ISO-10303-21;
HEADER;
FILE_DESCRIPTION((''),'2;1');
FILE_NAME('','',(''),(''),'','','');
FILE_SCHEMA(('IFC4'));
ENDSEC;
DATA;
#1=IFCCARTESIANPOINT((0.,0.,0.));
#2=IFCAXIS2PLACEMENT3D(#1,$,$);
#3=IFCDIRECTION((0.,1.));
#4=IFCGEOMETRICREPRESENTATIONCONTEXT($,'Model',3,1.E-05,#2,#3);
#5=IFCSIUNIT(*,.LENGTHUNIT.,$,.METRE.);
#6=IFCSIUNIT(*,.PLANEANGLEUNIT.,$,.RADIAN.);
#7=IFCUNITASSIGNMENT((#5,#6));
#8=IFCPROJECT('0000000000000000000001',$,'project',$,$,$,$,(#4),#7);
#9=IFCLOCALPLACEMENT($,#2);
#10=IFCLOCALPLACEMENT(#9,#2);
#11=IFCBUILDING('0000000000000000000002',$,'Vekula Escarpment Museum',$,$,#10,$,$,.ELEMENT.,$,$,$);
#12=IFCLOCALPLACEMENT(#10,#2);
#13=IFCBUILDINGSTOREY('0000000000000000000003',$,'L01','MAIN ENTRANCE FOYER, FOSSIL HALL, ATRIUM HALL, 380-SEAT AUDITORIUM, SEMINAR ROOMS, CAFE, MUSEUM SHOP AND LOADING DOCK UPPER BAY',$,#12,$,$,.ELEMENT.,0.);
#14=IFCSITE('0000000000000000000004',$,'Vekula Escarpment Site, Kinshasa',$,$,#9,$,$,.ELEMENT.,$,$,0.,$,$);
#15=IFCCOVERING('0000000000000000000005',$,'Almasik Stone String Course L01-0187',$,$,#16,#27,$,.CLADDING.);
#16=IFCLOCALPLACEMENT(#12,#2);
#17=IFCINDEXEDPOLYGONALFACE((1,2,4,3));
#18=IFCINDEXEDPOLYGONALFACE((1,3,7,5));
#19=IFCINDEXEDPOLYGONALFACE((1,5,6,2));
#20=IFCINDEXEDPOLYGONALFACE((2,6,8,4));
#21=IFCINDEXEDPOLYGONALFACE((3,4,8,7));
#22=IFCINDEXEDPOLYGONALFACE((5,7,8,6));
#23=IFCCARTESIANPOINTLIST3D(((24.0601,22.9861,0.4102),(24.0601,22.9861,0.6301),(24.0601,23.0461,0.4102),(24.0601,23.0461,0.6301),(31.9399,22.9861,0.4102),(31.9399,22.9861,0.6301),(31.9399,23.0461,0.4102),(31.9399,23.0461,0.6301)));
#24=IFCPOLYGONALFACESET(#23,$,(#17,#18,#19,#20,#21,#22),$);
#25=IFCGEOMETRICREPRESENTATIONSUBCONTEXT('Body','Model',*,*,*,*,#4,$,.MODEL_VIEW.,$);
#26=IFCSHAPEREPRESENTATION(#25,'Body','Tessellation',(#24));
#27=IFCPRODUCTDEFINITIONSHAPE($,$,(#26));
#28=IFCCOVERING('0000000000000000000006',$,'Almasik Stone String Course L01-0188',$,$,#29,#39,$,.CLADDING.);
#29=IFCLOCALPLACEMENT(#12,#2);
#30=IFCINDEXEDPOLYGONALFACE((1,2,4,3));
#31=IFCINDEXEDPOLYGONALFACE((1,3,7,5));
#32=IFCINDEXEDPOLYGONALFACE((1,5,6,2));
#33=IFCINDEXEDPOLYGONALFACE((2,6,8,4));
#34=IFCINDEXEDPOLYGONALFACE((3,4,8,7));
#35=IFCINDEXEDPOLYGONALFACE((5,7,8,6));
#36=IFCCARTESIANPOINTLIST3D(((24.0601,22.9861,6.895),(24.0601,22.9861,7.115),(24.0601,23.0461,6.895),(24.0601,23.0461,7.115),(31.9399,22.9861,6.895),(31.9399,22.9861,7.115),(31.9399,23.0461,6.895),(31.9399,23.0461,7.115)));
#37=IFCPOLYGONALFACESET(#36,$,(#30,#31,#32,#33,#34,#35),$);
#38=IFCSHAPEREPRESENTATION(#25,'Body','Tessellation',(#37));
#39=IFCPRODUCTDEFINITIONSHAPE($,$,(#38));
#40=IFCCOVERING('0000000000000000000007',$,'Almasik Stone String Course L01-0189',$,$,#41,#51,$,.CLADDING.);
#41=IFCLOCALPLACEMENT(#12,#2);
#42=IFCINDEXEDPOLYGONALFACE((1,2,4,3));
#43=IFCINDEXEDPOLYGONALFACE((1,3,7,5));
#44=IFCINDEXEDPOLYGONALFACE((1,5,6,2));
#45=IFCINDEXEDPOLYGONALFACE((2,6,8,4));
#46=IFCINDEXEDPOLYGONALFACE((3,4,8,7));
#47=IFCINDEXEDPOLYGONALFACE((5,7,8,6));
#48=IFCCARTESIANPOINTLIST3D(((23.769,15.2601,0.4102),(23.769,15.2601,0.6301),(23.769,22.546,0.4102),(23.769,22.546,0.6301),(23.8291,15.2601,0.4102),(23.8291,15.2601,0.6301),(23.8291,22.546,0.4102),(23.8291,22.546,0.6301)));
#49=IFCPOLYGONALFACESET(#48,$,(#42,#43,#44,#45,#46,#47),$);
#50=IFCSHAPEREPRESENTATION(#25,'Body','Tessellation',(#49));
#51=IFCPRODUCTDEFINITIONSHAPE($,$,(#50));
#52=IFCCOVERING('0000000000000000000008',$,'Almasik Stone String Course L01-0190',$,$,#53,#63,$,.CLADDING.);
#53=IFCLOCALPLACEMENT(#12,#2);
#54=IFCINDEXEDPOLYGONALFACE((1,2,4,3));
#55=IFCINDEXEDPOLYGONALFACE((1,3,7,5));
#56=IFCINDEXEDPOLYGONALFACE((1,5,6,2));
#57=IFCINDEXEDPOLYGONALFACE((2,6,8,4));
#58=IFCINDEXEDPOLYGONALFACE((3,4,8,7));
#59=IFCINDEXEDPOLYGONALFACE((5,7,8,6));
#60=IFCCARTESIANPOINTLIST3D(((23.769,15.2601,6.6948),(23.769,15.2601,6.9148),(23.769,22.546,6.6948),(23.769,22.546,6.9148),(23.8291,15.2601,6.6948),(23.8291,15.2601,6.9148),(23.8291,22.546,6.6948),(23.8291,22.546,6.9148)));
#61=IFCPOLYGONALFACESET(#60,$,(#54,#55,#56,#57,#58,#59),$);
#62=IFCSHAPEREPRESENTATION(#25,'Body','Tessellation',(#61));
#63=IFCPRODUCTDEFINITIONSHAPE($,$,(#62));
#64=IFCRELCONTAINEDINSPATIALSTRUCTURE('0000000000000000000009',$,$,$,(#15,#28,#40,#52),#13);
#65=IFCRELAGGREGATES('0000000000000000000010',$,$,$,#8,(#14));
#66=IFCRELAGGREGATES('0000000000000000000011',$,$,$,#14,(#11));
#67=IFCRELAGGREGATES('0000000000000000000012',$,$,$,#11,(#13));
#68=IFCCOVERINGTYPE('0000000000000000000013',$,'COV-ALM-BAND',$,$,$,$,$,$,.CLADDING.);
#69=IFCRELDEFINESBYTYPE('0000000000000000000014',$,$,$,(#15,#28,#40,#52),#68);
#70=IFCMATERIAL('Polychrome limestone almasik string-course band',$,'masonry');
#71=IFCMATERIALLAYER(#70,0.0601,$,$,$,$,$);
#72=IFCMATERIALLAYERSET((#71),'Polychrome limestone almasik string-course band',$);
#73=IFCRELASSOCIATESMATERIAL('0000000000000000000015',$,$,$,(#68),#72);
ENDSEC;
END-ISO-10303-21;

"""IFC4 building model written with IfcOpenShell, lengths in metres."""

from ifc_helpers import new_model, si_unit, direction, frame, origin, origin_2d, place, context, subcontext, project, spatial, rectangle, extrude, material, layer, layer_set, type_object, element, save


model = new_model("IFC4")

# Units and contexts
model_context = context("Model", 3, precision=1e-05, world=origin(), true_north=direction((0.0, 1.0)))
body_context = subcontext(model_context, "Body", "Model", "MODEL_VIEW")
ifc_project = project(units=[si_unit("LENGTHUNIT", "METRE"), si_unit("PLANEANGLEUNIT", "RADIAN")], contexts=[model_context])

# Site, building, storey
site_placement = place(None, origin())
site = spatial("IfcSite", under=ifc_project, at=site_placement, Name="Vekula Escarpment Site, Kinshasa", CompositionType="ELEMENT", RefElevation=0.0)
building_placement = place(site_placement, origin())
building = spatial("IfcBuilding", under=site, at=building_placement, Name="Vekula Escarpment Museum", CompositionType="ELEMENT")
storey_placement = place(building_placement, origin())
storey = spatial("IfcBuildingStorey", under=building, at=storey_placement, Name="L01", Description="MAIN ENTRANCE FOYER, FOSSIL HALL, ATRIUM HALL, 380-SEAT AUDITORIUM, SEMINAR ROOMS, CAFE, MUSEUM SHOP AND LOADING DOCK UPPER BAY", CompositionType="ELEMENT", Elevation=0.0)

# Coverings
ifc_material_1 = material(Name="Polychrome limestone almasik string-course band", Category="masonry")
ifc_layer_1 = layer(ifc_material_1, 0.0601)
ifc_layer_set_1 = layer_set([ifc_layer_1], Name="Polychrome limestone almasik string-course band")
covering_type = type_object("IfcCoveringType", Name="COV-ALM-BAND", PredefinedType="CLADDING", material=ifc_layer_set_1)
for number, where, z_axis, x_axis, name in (
    (1, (28.0, 23.0161, 0.4102), (0.0, 0.0, 1.0), (1.0, 0.0, 0.0), "Almasik Stone String Course L01-0187"),
    (2, (28.0, 23.0161, 6.895), (0.0, 0.0, 1.0), (1.0, 0.0, 0.0), "Almasik Stone String Course L01-0188"),
):
    element("IfcCovering", number, at=place(storey_placement, frame(where, z_axis=z_axis, x_axis=x_axis)), inside=storey, type_object=covering_type, Name=name, PredefinedType="CLADDING", context=body_context, shape_type="SweptSolid", body=[
        extrude(rectangle(XDim=7.8799, YDim=0.0601, at=origin_2d()), origin(), (0.0, 0.0, 1.0), 0.22),
    ])
for number, where, z_axis, x_axis, name in (
    (3, (23.7991, 18.9031, 0.4102), (0.0, 0.0, 1.0), (0.0, 1.0, 0.0), "Almasik Stone String Course L01-0189"),
    (4, (23.7991, 18.9031, 6.6948), (0.0, 0.0, 1.0), (0.0, 1.0, 0.0), "Almasik Stone String Course L01-0190"),
):
    element("IfcCovering", number, at=place(storey_placement, frame(where, z_axis=z_axis, x_axis=x_axis)), inside=storey, type_object=covering_type, Name=name, PredefinedType="CLADDING", context=body_context, shape_type="SweptSolid", body=[
        extrude(rectangle(XDim=7.2859, YDim=0.0601, at=origin_2d()), origin(), (0.0, 0.0, 1.0), 0.22),
    ])

save(model, "model.ifc")
